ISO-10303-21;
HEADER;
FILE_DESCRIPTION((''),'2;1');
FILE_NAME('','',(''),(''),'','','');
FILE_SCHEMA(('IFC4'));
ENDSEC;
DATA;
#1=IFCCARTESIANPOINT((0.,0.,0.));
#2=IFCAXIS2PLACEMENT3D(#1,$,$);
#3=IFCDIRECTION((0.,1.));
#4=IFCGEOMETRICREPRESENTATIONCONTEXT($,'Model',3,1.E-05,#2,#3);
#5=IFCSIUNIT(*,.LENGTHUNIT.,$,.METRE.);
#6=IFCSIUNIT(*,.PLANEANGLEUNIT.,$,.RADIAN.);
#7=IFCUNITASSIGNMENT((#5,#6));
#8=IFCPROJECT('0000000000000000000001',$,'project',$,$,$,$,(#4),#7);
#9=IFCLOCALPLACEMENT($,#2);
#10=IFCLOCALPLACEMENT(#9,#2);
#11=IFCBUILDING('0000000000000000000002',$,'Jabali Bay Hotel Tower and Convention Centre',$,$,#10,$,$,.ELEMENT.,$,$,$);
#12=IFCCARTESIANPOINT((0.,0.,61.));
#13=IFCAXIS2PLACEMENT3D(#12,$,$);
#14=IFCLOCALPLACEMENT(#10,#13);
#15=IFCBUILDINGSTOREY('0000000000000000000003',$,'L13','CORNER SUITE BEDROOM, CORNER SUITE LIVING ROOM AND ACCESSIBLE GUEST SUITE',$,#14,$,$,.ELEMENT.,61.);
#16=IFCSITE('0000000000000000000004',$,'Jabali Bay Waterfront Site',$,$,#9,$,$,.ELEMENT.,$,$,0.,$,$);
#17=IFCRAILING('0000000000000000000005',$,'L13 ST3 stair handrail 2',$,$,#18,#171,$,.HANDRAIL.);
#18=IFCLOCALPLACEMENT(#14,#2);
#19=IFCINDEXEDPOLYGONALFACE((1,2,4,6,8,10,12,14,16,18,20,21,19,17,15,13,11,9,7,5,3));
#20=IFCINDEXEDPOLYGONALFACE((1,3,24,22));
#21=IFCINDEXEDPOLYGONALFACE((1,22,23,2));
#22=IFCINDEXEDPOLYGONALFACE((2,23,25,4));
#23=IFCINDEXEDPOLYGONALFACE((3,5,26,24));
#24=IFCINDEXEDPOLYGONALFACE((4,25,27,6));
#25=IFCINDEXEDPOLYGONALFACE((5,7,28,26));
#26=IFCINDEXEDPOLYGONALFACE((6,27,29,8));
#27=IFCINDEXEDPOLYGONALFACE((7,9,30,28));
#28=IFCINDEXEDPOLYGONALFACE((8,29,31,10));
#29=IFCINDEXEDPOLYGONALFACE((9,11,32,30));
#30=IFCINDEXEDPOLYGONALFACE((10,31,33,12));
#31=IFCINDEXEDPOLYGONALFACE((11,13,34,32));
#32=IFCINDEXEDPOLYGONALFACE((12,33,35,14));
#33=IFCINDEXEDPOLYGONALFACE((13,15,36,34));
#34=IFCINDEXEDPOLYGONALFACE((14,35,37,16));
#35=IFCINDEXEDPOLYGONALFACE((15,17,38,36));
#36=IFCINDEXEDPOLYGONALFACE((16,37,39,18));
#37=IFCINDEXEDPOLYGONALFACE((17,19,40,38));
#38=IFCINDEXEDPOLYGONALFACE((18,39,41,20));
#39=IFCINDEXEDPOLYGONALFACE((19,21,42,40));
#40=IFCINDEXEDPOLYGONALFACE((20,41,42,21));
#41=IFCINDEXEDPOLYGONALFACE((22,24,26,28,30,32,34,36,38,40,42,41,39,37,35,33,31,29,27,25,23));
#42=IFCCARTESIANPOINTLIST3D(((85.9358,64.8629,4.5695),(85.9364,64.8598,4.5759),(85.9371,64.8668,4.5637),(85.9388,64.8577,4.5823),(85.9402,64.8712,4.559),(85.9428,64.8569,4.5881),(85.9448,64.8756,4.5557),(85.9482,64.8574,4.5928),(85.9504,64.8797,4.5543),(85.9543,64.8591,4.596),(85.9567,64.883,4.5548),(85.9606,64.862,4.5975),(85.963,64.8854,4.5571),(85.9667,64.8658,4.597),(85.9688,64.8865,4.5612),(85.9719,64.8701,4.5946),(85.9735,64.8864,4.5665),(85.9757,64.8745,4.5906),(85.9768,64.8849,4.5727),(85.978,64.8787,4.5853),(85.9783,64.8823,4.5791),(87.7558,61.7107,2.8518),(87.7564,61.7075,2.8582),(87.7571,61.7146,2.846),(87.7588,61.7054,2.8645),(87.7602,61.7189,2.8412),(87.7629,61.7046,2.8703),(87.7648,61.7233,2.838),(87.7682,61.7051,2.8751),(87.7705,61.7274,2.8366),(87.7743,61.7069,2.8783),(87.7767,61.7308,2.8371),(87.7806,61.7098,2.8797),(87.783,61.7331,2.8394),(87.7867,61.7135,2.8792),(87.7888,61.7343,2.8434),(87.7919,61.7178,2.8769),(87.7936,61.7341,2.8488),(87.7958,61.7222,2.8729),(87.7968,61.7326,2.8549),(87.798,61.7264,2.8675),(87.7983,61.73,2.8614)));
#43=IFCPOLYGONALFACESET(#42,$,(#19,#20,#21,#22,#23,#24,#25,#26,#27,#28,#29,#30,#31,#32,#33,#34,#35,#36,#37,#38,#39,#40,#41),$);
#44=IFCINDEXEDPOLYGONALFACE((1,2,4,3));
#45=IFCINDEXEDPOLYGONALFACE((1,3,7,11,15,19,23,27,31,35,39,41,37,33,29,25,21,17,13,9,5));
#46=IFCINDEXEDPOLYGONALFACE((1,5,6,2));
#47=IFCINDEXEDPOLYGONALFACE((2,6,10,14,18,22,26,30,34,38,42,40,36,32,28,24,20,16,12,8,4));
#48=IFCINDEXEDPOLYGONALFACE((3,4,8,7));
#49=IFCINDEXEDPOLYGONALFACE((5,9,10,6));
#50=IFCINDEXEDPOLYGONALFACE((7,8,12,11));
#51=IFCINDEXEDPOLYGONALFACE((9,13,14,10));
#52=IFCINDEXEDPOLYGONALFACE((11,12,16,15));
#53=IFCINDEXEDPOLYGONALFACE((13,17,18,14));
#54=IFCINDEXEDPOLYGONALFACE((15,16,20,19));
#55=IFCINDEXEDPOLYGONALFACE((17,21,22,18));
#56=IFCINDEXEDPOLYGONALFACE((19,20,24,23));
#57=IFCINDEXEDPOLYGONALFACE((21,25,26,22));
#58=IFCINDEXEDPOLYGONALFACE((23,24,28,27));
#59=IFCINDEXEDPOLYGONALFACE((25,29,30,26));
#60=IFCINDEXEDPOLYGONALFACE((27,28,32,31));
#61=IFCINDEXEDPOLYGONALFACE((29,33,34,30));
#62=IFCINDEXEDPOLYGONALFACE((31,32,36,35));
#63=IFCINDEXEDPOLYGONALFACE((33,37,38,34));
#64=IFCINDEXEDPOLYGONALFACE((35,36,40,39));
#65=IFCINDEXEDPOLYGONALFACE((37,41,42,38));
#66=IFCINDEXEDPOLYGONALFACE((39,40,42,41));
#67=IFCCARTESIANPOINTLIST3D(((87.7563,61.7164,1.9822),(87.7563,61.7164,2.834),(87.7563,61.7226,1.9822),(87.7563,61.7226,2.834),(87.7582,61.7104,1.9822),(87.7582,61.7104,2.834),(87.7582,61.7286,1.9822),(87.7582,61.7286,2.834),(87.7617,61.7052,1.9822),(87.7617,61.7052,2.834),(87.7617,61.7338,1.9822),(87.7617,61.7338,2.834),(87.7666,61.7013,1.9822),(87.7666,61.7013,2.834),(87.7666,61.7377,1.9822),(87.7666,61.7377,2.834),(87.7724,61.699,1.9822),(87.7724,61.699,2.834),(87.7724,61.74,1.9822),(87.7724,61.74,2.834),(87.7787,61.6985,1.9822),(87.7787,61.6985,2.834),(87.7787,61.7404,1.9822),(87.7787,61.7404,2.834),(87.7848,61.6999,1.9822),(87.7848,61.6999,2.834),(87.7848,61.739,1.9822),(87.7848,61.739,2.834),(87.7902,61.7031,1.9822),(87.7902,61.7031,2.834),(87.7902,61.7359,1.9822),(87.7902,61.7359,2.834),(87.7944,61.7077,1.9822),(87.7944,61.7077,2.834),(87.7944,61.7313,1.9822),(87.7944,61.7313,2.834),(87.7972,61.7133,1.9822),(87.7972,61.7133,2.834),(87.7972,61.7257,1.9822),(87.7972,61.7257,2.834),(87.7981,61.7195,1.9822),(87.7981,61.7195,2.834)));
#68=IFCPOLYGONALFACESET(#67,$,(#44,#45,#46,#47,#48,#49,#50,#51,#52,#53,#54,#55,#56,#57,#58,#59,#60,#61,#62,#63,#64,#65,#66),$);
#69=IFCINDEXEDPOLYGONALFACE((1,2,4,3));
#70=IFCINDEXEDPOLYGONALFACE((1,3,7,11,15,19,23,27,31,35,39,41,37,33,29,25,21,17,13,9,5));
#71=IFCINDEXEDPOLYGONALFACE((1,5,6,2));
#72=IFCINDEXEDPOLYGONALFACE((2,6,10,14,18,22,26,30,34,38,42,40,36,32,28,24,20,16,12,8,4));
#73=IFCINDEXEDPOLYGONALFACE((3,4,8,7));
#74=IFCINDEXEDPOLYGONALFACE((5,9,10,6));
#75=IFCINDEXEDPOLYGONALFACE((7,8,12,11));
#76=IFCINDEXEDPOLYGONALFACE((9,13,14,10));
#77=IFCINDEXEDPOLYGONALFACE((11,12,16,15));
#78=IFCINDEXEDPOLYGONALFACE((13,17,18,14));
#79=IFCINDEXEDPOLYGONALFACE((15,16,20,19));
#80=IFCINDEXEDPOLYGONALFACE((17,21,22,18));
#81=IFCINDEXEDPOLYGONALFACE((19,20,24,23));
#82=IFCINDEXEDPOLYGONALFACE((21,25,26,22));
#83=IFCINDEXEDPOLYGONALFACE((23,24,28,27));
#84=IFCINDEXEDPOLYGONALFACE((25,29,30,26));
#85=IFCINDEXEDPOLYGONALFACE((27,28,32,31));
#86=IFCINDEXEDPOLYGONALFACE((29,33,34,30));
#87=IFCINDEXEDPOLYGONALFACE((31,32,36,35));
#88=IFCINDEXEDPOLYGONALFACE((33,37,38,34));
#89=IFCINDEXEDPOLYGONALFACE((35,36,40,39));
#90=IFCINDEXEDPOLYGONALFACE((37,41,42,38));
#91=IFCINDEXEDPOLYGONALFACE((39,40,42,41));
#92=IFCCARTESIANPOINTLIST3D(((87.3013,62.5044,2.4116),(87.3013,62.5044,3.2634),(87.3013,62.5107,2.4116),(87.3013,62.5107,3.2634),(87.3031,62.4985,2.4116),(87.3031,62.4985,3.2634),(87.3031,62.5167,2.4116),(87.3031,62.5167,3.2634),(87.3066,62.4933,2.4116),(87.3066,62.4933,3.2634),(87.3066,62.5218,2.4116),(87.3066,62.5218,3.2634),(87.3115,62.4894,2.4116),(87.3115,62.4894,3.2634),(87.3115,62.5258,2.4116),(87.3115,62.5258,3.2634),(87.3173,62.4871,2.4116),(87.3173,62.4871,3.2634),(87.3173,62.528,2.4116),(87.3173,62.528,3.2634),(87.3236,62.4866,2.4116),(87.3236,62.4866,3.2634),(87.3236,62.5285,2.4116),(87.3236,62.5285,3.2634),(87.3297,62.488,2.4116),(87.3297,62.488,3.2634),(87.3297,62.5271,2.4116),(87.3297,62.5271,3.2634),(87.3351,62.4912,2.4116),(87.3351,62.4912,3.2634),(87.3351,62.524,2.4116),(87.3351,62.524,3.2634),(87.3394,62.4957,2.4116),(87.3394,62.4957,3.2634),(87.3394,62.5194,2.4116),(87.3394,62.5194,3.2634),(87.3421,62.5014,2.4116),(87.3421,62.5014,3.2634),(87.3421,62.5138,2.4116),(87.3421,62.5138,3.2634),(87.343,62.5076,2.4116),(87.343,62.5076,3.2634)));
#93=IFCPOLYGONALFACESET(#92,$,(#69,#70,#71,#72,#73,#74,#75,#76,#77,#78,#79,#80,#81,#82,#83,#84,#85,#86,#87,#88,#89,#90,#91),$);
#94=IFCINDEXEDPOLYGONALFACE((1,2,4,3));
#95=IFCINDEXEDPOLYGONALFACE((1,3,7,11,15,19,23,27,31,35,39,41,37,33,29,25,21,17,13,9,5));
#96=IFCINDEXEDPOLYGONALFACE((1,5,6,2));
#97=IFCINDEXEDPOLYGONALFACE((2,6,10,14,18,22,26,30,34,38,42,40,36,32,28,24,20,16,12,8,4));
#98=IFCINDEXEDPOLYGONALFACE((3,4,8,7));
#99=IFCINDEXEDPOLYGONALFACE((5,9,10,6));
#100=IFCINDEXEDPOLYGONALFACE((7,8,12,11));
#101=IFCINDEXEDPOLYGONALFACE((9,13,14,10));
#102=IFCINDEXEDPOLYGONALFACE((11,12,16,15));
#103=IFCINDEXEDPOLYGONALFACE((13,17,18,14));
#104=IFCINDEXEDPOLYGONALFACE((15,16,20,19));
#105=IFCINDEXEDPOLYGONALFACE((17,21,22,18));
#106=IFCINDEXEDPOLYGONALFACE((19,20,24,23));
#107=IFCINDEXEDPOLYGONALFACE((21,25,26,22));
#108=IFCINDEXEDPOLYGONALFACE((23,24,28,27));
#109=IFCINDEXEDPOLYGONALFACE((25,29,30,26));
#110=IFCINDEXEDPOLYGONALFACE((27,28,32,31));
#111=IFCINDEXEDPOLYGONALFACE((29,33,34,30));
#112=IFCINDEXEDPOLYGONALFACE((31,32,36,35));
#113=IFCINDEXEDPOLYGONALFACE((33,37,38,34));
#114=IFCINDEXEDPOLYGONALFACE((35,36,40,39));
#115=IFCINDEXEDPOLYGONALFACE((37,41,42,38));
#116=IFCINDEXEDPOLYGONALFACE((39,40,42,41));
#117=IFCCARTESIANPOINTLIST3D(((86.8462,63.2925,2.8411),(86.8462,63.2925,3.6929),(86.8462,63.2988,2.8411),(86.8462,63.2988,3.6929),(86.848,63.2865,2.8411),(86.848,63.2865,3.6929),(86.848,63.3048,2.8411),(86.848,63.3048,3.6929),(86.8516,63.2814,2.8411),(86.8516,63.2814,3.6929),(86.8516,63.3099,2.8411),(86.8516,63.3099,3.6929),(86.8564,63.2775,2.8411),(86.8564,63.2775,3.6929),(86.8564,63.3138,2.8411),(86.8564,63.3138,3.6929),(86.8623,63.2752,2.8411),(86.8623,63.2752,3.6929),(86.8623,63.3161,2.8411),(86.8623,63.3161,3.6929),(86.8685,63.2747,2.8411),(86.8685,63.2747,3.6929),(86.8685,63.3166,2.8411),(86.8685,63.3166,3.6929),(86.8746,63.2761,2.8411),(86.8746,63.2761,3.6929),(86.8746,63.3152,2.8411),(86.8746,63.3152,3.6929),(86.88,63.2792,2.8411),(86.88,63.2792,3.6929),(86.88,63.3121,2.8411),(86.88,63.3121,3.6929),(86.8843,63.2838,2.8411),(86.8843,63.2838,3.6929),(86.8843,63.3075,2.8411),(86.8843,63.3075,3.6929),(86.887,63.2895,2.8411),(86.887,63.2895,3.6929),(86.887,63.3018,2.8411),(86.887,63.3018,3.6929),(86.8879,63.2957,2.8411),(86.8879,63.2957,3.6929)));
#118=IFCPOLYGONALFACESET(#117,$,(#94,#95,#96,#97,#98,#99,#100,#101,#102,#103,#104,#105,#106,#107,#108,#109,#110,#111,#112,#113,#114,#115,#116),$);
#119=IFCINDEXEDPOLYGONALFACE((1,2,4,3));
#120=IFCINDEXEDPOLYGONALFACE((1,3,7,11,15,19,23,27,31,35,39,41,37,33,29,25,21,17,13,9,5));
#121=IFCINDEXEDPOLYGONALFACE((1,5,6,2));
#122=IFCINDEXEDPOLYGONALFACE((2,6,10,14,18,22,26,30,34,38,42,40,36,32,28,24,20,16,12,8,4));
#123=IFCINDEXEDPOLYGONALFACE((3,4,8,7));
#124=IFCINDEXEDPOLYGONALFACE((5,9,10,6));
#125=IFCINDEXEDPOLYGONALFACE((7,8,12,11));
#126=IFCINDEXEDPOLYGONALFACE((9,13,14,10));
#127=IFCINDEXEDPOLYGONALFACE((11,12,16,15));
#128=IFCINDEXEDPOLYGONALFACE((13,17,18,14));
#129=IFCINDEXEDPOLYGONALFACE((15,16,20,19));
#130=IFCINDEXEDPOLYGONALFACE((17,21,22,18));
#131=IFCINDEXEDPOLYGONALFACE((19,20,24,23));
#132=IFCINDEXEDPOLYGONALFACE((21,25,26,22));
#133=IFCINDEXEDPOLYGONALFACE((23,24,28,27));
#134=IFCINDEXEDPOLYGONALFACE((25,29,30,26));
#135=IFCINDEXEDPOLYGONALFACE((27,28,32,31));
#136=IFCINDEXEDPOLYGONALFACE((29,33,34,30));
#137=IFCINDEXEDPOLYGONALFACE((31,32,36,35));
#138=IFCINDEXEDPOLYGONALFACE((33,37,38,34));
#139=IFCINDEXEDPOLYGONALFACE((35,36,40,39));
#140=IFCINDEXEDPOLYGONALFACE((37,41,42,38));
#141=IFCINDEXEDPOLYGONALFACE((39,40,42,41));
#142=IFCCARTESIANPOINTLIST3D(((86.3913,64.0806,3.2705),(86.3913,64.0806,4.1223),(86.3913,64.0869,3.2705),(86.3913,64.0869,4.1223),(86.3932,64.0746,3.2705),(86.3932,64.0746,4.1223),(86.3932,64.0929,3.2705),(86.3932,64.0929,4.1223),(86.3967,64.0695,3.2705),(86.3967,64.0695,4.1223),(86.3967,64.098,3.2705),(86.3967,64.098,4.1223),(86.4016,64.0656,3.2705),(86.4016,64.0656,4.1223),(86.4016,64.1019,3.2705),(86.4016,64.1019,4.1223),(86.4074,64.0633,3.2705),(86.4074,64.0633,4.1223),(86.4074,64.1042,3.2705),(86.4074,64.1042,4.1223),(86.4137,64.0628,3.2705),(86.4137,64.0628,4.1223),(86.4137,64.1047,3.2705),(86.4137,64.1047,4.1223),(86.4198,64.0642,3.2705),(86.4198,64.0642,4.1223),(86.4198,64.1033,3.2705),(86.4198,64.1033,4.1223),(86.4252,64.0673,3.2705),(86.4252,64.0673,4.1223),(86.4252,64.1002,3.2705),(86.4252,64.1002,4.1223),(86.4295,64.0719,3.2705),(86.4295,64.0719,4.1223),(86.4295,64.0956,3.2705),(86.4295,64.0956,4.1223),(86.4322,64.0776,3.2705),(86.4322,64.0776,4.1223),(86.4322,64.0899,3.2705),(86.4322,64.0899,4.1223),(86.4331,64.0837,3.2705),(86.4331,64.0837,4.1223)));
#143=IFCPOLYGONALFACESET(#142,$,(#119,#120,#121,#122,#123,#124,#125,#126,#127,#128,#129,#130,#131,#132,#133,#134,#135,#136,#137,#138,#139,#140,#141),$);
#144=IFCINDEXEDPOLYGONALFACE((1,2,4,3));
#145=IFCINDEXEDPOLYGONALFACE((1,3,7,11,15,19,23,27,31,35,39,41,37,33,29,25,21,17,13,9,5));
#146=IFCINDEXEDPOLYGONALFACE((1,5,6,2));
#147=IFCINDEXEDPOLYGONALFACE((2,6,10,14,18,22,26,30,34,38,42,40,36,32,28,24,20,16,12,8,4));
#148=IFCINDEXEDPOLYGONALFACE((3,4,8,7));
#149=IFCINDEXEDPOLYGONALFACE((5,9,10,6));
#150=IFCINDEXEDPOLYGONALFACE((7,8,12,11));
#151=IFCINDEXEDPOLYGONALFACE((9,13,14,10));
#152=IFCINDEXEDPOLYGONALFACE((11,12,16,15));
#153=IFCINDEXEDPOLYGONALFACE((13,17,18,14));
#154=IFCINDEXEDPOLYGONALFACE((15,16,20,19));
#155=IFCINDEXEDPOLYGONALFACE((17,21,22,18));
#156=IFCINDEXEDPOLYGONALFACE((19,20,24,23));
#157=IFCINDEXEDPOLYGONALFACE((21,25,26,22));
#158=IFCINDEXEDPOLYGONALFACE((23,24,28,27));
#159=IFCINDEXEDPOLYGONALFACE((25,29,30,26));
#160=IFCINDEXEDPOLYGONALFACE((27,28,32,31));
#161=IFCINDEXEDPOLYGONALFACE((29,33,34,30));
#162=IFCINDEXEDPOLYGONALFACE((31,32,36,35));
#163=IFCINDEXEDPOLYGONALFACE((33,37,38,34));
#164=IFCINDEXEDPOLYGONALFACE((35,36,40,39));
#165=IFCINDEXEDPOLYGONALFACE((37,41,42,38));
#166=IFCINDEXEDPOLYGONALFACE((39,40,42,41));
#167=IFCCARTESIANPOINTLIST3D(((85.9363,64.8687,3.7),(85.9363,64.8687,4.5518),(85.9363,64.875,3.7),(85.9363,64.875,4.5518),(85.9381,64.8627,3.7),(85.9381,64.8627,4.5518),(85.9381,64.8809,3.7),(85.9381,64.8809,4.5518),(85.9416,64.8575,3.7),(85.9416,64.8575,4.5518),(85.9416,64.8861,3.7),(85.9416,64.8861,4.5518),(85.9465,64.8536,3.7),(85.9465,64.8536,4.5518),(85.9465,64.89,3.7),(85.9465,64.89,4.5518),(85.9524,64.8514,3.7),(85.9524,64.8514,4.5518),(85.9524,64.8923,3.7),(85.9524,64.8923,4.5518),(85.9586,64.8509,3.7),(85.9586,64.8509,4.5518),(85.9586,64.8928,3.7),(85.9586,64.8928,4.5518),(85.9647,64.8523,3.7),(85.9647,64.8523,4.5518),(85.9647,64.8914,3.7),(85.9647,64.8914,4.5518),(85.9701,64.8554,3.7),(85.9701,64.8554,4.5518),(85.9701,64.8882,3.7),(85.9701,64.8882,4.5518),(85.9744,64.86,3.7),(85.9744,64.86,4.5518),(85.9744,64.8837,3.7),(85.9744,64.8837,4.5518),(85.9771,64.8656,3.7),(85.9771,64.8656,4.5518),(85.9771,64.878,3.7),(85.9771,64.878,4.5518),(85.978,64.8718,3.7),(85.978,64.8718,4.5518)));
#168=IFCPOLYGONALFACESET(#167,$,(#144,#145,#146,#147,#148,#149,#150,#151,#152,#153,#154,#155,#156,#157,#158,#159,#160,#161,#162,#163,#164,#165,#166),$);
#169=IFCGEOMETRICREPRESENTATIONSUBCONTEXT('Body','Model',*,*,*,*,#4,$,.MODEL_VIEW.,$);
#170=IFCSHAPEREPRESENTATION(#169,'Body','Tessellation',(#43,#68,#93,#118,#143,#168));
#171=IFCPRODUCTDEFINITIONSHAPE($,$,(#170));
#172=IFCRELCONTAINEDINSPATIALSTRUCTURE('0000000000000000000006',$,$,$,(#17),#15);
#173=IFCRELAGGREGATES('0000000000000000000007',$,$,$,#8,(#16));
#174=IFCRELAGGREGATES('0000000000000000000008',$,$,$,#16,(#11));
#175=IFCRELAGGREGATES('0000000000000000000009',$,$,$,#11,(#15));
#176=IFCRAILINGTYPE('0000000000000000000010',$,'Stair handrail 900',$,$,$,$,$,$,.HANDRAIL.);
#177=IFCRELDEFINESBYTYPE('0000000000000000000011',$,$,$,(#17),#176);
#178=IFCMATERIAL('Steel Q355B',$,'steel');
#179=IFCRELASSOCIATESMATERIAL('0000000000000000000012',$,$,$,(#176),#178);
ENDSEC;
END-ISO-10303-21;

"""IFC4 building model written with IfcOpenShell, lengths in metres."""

from ifc_helpers import new_model, si_unit, direction, frame, origin, origin_2d, place, context, subcontext, project, spatial, circle, extrude, material, type_object, element, save


model = new_model("IFC4")

# Units and contexts
model_context = context("Model", 3, precision=1e-05, world=origin(), true_north=direction((0.0, 1.0)))
body_context = subcontext(model_context, "Body", "Model", "MODEL_VIEW")
ifc_project = project(units=[si_unit("LENGTHUNIT", "METRE"), si_unit("PLANEANGLEUNIT", "RADIAN")], contexts=[model_context])

# Site, building, storey
site_placement = place(None, origin())
site = spatial("IfcSite", under=ifc_project, at=site_placement, Name="Jabali Bay Waterfront Site", CompositionType="ELEMENT", RefElevation=0.0)
building_placement = place(site_placement, origin())
building = spatial("IfcBuilding", under=site, at=building_placement, Name="Jabali Bay Hotel Tower and Convention Centre", CompositionType="ELEMENT")
storey_placement = place(building_placement, frame((0.0, 0.0, 61.0)))
storey = spatial("IfcBuildingStorey", under=building, at=storey_placement, Name="L13", Description="CORNER SUITE BEDROOM, CORNER SUITE LIVING ROOM AND ACCESSIBLE GUEST SUITE", CompositionType="ELEMENT", Elevation=61.0)

# Railing
ifc_material_1 = material(Name="Steel Q355B", Category="steel")
railing_type_1 = type_object("IfcRailingType", Name="Stair handrail 900", PredefinedType="HANDRAIL", material=ifc_material_1)
railing_1_placement = place(storey_placement, frame((87.7771, 61.7195, 1.9822)))
element("IfcRailing", 1, at=railing_1_placement, inside=storey, type_object=railing_type_1, Name="L13 ST3 stair handrail 2", PredefinedType="HANDRAIL", context=body_context, shape_type="SweptSolid", body=[
    extrude(circle(Radius=0.0239, at=origin_2d()), frame((0.0, 0.0, 0.876), z_axis=(-0.45219, 0.78319, 0.426775), x_axis=(-0.866018, -0.500013, 0.0)), (0.0, 0.0, 1.0), 4.0249),
    extrude(circle(Radius=0.021, at=origin_2d()), origin(), (0.0, 0.0, 1.0), 0.8518),
    extrude(circle(Radius=0.021, at=origin_2d()), frame((-0.4551, 0.7881, 0.4294)), (0.0, 0.0, 1.0), 0.8518),
    extrude(circle(Radius=0.021, at=origin_2d()), frame((-0.9102, 1.5762, 0.8589)), (0.0, 0.0, 1.0), 0.8518),
    extrude(circle(Radius=0.021, at=origin_2d()), frame((-1.365, 2.3643, 1.2883)), (0.0, 0.0, 1.0), 0.8518),
    extrude(circle(Radius=0.021, at=origin_2d()), frame((-1.8201, 3.1523, 1.7178)), (0.0, 0.0, 1.0), 0.8518),
])

save(model, "model.ifc")
